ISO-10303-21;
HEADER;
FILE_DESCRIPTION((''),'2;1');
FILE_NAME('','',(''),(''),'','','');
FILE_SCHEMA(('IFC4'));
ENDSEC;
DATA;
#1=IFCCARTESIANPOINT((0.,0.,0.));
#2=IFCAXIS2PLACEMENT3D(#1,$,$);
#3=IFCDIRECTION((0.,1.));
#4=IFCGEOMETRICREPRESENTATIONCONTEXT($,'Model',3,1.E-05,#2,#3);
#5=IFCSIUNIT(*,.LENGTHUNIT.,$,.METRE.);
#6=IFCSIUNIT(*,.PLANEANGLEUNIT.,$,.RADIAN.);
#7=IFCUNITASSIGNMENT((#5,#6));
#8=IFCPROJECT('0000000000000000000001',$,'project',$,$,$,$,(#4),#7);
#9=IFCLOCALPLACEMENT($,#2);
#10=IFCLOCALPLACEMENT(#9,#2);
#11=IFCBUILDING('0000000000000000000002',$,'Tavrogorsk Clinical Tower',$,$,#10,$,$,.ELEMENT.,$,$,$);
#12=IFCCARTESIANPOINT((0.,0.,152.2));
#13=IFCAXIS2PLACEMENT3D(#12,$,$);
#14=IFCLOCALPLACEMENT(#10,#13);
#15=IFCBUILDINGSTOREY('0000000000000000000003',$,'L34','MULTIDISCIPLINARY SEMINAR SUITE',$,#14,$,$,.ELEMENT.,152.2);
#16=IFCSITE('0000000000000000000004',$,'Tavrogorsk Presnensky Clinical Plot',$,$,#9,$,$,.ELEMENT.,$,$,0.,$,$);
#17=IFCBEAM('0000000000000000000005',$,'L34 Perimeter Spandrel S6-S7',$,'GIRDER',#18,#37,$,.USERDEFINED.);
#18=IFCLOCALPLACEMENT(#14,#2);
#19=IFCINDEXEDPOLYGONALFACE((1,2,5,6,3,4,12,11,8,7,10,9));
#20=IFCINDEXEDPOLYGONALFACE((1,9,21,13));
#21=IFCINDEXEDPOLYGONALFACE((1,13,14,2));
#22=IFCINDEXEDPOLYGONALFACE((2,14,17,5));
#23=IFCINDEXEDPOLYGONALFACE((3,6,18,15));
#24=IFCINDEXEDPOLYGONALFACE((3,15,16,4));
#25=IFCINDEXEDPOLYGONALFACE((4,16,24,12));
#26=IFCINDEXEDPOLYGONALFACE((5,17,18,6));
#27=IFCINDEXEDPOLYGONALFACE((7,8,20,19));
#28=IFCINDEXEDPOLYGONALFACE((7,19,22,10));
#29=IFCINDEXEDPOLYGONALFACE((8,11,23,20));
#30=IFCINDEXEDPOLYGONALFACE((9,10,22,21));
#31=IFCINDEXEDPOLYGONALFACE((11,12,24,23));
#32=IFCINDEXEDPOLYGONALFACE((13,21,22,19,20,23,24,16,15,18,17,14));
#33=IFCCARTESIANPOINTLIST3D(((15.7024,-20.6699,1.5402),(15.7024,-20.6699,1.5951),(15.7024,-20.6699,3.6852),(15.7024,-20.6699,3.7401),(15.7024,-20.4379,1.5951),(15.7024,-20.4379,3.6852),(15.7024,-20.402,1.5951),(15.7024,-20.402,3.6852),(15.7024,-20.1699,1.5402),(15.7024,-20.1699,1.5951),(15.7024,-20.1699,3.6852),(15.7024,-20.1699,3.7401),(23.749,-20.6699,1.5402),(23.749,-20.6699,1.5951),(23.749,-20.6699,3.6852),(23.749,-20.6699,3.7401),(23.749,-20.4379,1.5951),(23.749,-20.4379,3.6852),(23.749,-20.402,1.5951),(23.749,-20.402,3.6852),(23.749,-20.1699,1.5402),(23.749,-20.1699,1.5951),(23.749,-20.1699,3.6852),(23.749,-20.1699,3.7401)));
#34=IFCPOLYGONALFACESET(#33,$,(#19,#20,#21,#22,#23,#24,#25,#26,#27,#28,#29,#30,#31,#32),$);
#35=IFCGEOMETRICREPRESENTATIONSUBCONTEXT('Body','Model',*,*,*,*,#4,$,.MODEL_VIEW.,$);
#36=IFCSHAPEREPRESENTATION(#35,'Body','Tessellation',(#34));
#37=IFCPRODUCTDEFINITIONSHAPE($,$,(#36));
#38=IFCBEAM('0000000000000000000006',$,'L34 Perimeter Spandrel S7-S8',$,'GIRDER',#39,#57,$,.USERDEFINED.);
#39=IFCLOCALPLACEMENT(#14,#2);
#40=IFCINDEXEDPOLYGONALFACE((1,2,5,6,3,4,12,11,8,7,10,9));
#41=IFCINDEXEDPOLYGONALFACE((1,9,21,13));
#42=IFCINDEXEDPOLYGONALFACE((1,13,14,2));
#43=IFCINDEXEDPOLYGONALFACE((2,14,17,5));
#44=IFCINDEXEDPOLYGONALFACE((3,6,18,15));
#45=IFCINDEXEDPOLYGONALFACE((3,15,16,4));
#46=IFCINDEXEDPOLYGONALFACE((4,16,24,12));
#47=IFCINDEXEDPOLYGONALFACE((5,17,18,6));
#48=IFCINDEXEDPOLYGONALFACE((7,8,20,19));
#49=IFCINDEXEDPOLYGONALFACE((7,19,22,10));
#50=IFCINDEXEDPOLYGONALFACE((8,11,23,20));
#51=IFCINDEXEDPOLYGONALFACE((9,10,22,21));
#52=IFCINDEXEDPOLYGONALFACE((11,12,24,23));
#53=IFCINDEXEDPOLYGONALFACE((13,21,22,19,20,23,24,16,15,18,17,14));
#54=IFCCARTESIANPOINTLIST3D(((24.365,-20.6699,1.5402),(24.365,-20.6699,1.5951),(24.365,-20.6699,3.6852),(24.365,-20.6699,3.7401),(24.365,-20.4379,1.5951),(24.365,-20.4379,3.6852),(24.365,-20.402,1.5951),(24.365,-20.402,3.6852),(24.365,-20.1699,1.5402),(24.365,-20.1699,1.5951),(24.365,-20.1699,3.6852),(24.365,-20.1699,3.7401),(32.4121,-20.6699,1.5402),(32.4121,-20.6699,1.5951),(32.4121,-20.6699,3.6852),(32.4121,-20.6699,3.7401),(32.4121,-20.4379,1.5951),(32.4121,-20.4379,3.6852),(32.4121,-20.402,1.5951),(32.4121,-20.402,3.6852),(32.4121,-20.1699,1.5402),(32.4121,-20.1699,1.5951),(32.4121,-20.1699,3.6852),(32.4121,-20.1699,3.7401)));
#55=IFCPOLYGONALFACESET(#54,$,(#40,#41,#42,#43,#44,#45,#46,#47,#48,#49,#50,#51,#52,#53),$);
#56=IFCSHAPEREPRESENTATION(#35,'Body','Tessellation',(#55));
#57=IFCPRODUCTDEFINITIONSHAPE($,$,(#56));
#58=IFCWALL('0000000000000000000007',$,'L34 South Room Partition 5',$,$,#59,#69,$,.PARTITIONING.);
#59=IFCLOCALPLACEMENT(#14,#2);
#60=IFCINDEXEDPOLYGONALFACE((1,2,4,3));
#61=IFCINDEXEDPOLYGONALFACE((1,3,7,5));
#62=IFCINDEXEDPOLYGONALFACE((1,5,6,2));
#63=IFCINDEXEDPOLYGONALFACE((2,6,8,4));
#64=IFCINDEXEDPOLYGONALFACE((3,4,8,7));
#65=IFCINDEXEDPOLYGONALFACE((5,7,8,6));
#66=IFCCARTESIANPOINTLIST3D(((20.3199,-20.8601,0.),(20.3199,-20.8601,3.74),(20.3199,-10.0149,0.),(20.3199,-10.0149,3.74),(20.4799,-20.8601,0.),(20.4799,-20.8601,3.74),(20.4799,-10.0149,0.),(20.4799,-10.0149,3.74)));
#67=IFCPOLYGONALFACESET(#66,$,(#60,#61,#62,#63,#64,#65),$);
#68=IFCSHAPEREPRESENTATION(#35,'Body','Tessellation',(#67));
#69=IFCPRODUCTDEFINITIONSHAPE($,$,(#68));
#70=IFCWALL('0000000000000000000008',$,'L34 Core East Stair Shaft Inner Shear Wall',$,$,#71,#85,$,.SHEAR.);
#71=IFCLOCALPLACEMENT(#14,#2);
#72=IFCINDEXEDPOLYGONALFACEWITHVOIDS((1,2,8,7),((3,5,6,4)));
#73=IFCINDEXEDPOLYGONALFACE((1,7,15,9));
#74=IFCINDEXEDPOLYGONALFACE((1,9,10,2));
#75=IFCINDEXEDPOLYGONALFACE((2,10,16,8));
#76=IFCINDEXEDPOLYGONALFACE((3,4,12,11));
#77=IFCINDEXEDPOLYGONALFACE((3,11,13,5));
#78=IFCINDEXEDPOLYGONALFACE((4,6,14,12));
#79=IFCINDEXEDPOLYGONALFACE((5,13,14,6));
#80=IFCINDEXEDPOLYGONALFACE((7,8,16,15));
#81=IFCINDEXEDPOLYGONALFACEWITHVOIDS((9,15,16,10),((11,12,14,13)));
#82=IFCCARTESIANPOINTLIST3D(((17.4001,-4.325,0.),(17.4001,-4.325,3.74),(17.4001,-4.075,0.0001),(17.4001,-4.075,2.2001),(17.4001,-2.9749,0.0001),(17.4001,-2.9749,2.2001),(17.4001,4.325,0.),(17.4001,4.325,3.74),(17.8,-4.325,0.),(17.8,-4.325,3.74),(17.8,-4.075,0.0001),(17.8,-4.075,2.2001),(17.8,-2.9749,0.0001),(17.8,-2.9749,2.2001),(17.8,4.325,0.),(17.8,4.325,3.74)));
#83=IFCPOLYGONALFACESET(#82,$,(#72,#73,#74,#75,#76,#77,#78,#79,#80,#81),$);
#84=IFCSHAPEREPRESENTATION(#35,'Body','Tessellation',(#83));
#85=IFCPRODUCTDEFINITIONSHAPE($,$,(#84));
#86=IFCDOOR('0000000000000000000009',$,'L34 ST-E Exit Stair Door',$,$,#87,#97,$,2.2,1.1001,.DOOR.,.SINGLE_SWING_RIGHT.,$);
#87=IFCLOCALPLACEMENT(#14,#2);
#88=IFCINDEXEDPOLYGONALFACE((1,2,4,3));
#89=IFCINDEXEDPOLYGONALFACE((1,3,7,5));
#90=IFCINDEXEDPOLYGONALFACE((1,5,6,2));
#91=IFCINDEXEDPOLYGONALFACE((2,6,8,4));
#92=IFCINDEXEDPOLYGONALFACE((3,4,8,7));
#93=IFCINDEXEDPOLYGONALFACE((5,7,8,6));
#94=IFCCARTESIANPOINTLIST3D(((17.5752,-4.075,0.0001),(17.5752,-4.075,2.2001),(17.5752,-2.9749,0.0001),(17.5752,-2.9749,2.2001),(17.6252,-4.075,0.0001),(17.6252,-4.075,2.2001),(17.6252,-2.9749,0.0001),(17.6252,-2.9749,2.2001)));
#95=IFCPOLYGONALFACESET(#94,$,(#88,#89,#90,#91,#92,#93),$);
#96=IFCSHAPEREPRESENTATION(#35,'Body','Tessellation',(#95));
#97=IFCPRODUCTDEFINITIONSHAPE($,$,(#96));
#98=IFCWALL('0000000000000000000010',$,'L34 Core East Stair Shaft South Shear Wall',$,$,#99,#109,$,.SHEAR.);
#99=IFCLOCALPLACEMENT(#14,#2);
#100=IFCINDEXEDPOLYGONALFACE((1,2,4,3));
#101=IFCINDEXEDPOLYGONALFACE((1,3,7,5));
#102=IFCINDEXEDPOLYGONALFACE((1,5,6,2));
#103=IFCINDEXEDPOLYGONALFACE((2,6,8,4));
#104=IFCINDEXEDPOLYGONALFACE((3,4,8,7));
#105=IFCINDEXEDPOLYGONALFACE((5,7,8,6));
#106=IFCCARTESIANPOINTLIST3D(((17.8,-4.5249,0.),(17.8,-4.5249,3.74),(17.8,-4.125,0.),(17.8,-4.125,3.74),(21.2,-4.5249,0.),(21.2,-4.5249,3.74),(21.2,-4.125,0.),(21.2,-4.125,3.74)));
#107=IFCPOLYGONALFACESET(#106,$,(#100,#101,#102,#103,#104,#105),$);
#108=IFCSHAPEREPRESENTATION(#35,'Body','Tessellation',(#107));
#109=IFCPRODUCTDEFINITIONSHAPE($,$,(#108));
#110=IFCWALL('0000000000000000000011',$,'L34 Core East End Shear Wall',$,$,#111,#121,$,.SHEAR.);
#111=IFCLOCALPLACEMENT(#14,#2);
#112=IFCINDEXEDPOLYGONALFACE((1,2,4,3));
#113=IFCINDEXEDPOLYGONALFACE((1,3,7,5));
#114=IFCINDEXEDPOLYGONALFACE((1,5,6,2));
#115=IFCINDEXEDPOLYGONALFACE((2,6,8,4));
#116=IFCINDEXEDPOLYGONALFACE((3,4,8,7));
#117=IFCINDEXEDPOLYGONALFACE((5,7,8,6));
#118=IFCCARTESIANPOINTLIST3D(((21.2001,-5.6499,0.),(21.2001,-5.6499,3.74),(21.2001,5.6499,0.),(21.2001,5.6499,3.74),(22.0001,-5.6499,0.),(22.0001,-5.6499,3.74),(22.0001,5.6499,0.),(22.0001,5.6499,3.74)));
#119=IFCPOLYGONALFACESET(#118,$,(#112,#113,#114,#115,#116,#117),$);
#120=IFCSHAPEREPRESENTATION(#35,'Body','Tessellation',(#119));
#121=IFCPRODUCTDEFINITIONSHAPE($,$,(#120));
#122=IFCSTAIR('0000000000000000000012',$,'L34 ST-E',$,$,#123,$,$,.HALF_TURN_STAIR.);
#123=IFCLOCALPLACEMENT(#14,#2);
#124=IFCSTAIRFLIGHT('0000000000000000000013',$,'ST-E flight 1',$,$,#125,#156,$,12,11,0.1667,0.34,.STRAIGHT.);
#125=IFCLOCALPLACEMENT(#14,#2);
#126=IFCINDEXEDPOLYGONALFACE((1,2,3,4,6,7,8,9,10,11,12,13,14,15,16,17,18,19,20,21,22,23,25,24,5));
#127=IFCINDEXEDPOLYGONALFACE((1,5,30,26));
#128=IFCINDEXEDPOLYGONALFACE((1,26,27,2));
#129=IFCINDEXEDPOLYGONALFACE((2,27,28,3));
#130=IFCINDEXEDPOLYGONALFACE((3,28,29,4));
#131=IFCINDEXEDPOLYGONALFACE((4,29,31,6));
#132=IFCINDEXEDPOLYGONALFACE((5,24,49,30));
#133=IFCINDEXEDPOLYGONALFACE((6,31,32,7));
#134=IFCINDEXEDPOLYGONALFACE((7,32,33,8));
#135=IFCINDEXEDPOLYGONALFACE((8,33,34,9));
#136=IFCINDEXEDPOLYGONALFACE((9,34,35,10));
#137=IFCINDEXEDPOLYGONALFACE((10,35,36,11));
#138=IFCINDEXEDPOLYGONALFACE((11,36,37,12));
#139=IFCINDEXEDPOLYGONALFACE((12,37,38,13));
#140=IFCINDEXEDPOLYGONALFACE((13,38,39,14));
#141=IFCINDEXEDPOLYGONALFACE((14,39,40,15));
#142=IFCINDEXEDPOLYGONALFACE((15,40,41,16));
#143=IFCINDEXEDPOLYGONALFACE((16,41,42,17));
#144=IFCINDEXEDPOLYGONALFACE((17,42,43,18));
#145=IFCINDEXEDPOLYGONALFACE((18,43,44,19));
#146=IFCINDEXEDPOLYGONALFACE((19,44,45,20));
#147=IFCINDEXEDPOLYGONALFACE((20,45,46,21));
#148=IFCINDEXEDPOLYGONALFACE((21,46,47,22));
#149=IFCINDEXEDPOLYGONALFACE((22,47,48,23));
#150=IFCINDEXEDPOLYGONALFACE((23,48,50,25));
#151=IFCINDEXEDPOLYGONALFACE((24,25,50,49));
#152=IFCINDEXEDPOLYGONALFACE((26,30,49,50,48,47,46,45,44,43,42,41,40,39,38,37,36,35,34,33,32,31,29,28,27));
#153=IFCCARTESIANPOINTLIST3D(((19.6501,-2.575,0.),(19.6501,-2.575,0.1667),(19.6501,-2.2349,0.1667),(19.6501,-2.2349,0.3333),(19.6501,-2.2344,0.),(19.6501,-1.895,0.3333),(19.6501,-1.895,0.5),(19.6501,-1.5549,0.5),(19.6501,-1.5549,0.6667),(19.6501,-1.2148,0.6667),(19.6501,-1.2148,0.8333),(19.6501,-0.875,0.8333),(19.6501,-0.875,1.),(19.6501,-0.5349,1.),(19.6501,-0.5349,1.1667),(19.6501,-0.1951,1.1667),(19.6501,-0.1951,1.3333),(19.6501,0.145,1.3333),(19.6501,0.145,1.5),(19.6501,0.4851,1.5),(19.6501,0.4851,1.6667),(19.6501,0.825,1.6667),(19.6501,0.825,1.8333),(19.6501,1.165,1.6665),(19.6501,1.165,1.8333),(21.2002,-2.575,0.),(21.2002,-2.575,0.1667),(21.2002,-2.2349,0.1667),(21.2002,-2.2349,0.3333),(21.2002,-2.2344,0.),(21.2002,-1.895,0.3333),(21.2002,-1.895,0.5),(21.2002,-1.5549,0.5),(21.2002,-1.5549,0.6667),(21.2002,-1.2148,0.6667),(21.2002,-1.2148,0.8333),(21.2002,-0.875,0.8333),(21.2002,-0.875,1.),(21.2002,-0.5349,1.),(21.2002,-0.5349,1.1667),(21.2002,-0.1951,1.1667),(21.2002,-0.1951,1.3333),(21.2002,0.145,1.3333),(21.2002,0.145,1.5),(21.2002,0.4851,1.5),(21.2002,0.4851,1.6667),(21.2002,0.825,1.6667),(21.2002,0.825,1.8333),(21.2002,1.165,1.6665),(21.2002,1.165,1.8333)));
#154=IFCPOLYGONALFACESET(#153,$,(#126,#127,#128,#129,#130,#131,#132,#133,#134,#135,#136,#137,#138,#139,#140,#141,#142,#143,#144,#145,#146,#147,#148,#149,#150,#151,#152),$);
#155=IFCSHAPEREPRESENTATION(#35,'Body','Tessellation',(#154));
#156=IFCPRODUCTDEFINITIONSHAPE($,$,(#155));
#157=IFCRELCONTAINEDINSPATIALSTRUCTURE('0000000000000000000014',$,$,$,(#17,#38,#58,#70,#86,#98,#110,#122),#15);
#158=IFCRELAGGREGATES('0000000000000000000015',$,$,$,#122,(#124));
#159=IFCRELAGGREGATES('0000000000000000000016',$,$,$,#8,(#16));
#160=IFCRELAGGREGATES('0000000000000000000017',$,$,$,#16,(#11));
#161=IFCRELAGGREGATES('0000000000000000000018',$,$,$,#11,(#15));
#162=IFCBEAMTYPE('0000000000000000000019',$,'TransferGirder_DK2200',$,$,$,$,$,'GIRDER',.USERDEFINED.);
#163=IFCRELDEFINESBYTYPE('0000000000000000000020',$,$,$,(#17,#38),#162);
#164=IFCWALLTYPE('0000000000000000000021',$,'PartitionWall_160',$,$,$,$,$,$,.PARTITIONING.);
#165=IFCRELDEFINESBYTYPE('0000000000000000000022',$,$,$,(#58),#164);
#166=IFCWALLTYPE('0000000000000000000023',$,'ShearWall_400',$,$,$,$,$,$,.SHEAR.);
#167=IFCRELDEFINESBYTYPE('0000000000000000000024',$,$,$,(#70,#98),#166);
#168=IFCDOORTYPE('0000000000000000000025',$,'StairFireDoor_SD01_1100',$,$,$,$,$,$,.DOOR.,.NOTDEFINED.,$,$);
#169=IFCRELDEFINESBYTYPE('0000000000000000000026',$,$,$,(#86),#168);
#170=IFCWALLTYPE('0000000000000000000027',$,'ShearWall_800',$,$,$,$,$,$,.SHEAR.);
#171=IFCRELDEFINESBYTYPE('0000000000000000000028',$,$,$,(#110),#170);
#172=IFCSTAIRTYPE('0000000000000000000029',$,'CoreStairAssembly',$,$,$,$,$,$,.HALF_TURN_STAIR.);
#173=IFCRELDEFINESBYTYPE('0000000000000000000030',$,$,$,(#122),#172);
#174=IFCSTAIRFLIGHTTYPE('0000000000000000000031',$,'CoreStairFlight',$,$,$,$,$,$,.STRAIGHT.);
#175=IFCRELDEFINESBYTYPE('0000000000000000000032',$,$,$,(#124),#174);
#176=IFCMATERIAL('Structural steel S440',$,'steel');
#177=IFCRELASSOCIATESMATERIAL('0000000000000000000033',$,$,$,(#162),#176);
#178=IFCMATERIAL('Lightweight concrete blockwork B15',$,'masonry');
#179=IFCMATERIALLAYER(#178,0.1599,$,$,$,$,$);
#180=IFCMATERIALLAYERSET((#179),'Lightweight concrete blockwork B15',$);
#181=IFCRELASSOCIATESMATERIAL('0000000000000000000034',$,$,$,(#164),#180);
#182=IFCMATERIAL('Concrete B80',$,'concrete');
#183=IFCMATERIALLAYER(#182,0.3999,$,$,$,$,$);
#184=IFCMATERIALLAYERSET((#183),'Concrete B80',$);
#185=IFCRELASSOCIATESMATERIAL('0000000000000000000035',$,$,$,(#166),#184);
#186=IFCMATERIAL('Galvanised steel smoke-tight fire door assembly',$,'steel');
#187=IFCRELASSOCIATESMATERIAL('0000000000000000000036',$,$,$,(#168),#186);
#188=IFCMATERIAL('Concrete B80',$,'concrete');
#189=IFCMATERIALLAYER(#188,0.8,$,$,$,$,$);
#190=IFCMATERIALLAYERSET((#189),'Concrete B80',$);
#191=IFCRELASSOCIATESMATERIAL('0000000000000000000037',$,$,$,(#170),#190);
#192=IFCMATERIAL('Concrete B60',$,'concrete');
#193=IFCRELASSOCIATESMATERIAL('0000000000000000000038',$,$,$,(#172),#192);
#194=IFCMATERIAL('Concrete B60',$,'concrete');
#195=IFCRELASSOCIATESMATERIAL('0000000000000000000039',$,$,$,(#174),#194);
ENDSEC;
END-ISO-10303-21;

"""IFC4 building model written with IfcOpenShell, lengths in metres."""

from ifc_helpers import new_model, si_unit, direction, frame, frame_2d, origin, origin_2d, place, context, subcontext, project, spatial, polyline, rectangle, i_section, outline, extrude, material, layer, layer_set, material_profile, profile_set, type_object, element, fill, aggregate, save


model = new_model("IFC4")

# Units and contexts
model_context = context("Model", 3, precision=1e-05, world=origin(), true_north=direction((0.0, 1.0)))
body_context = subcontext(model_context, "Body", "Model", "MODEL_VIEW")
ifc_project = project(units=[si_unit("LENGTHUNIT", "METRE"), si_unit("PLANEANGLEUNIT", "RADIAN")], contexts=[model_context])

# Site, building, storey
site_placement = place(None, origin())
site = spatial("IfcSite", under=ifc_project, at=site_placement, Name="Tavrogorsk Presnensky Clinical Plot", CompositionType="ELEMENT", RefElevation=0.0)
building_placement = place(site_placement, origin())
building = spatial("IfcBuilding", under=site, at=building_placement, Name="Tavrogorsk Clinical Tower", CompositionType="ELEMENT")
storey_placement = place(building_placement, frame((0.0, 0.0, 152.2)))
storey = spatial("IfcBuildingStorey", under=building, at=storey_placement, Name="L34", Description="MULTIDISCIPLINARY SEMINAR SUITE", CompositionType="ELEMENT", Elevation=152.2)

# Beams
ifc_material_1 = material(Name="Structural steel S440", Category="steel")
ifc_material_profile_1 = material_profile(ifc_material_1, i_section(OverallWidth=0.5, OverallDepth=2.2, WebThickness=0.0359, FlangeThickness=0.0549, at=origin_2d()), Name="DK-2200x500x36x55")
ifc_profile_set_1 = profile_set([ifc_material_profile_1], Name="Structural steel S440")
beam_type_1 = type_object("IfcBeamType", Name="TransferGirder_DK2200", ElementType="GIRDER", PredefinedType="USERDEFINED", material=ifc_profile_set_1)
beam_1_placement = place(storey_placement, frame((15.7024, -20.4199, 2.6401), z_axis=(1.0, 0.0, 0.0), x_axis=(0.0, 1.0, 0.0)))
element("IfcBeam", 1, at=beam_1_placement, inside=storey, type_object=beam_type_1, Name="L34 Perimeter Spandrel S6-S7", ObjectType="GIRDER", PredefinedType="USERDEFINED", context=body_context, shape_type="SweptSolid", body=[
    extrude(i_section(OverallWidth=0.5, OverallDepth=2.2, WebThickness=0.0359, FlangeThickness=0.0549, at=origin_2d()), origin(), (0.0, 0.0, 1.0), 8.0466),
])
beam_2_placement = place(storey_placement, frame((24.365, -20.4199, 2.6401), z_axis=(1.0, 0.0, 0.0), x_axis=(0.0, 1.0, 0.0)))
element("IfcBeam", 2, at=beam_2_placement, inside=storey, type_object=beam_type_1, Name="L34 Perimeter Spandrel S7-S8", ObjectType="GIRDER", PredefinedType="USERDEFINED", context=body_context, shape_type="SweptSolid", body=[
    extrude(i_section(OverallWidth=0.5, OverallDepth=2.2, WebThickness=0.0359, FlangeThickness=0.0549, at=origin_2d()), origin(), (0.0, 0.0, 1.0), 8.0471),
])

# Wall
ifc_material_2 = material(Name="Lightweight concrete blockwork B15", Category="masonry")
ifc_layer_1 = layer(ifc_material_2, 0.1599)
ifc_layer_set_1 = layer_set([ifc_layer_1], Name="Lightweight concrete blockwork B15")
wall_type_1 = type_object("IfcWallType", Name="PartitionWall_160", PredefinedType="PARTITIONING", material=ifc_layer_set_1)
wall_1_placement = place(storey_placement, frame((20.3999, -20.8601, 0.0), z_axis=(0.0, 0.0, 1.0), x_axis=(0.0, 1.0, 0.0)))
element("IfcWall", 3, at=wall_1_placement, inside=storey, type_object=wall_type_1, Name="L34 South Room Partition 5", PredefinedType="PARTITIONING", context=body_context, shape_type="SweptSolid", body=[
    extrude(rectangle(XDim=10.8452, YDim=0.1599, at=frame_2d((5.4226, 0.0))), origin(), (0.0, 0.0, 1.0), 3.74),
])

# Wall, opening, door
ifc_material_3 = material(Name="Concrete B80", Category="concrete")
ifc_layer_2 = layer(ifc_material_3, 0.3999)
ifc_layer_set_2 = layer_set([ifc_layer_2], Name="Concrete B80")
wall_type_2 = type_object("IfcWallType", Name="ShearWall_400", PredefinedType="SHEAR", material=ifc_layer_set_2)
wall_2_placement = place(storey_placement, frame((17.6001, -4.325, 0.0), z_axis=(0.0, 0.0, 1.0), x_axis=(0.0, 1.0, 0.0)))
wall_2 = element("IfcWall", 4, at=wall_2_placement, inside=storey, type_object=wall_type_2, Name="L34 Core East Stair Shaft Inner Shear Wall", PredefinedType="SHEAR", context=body_context, shape_type="SweptSolid", body=[
    extrude(rectangle(XDim=8.6499, YDim=0.3999, at=frame_2d((4.325, 0.0))), origin(), (0.0, 0.0, 1.0), 3.74),
])
opening_placement = place(wall_2_placement, frame((0.25, 0.0, 0.0)))
opening = element("IfcOpeningElement", 5, at=opening_placement, cuts=wall_2, PredefinedType="OPENING", context=body_context, shape_type="SweptSolid", body=[
    extrude(rectangle(XDim=1.1001, YDim=2.2, at=frame_2d((0.55, 1.1001))), frame((0.0, 0.21, 0.0), z_axis=(0.0, -1.0, 0.0), x_axis=(1.0, 0.0, 0.0)), (0.0, 0.0, 1.0), 0.4199),
])
ifc_material_4 = material(Name="Galvanised steel smoke-tight fire door assembly", Category="steel")
door_type = type_object("IfcDoorType", Name="StairFireDoor_SD01_1100", OperationType="NOTDEFINED", PredefinedType="DOOR", material=ifc_material_4)
door_placement = place(opening_placement, origin())
door = element("IfcDoor", 6, at=door_placement, inside=storey, type_object=door_type, Name="L34 ST-E Exit Stair Door", OperationType="SINGLE_SWING_RIGHT", OverallHeight=2.2, OverallWidth=1.1001, PredefinedType="DOOR", context=body_context, shape_type="SweptSolid", body=[
    extrude(rectangle(XDim=1.1001, YDim=2.2, at=frame_2d((0.55, 1.1001))), frame((0.0, 0.0249, 0.0), z_axis=(0.0, -1.0, 0.0), x_axis=(1.0, 0.0, 0.0)), (0.0, 0.0, 1.0), 0.05),
])
fill(opening, door)

# Walls
wall_3_placement = place(storey_placement, frame((17.8, -4.325, 0.0), z_axis=(0.0, 0.0, 1.0), x_axis=(1.0, 0.0, 0.0)))
element("IfcWall", 7, at=wall_3_placement, inside=storey, type_object=wall_type_2, Name="L34 Core East Stair Shaft South Shear Wall", PredefinedType="SHEAR", context=body_context, shape_type="SweptSolid", body=[
    extrude(rectangle(XDim=3.3999, YDim=0.3999, at=frame_2d((1.7, 0.0))), origin(), (0.0, 0.0, 1.0), 3.74),
])
ifc_material_5 = material(Name="Concrete B80", Category="concrete")
ifc_layer_3 = layer(ifc_material_5, 0.8)
ifc_layer_set_3 = layer_set([ifc_layer_3], Name="Concrete B80")
wall_type_3 = type_object("IfcWallType", Name="ShearWall_800", PredefinedType="SHEAR", material=ifc_layer_set_3)
wall_4_placement = place(storey_placement, frame((21.6001, -5.6499, 0.0), z_axis=(0.0, 0.0, 1.0), x_axis=(0.0, 1.0, 0.0)))
element("IfcWall", 8, at=wall_4_placement, inside=storey, type_object=wall_type_3, Name="L34 Core East End Shear Wall", PredefinedType="SHEAR", context=body_context, shape_type="SweptSolid", body=[
    extrude(rectangle(XDim=11.2998, YDim=0.8, at=frame_2d((5.6499, 0.0))), origin(), (0.0, 0.0, 1.0), 3.74),
])

# Stair, stair flight
ifc_material_6 = material(Name="Concrete B60", Category="concrete")
stair_type = type_object("IfcStairType", Name="CoreStairAssembly", PredefinedType="HALF_TURN_STAIR", material=ifc_material_6)
stair_placement = place(storey_placement, origin())
stair = element("IfcStair", 9, at=stair_placement, inside=storey, type_object=stair_type, Name="L34 ST-E", PredefinedType="HALF_TURN_STAIR")
ifc_material_7 = material(Name="Concrete B60", Category="concrete")
stair_flight_type = type_object("IfcStairFlightType", Name="CoreStairFlight", PredefinedType="STRAIGHT", material=ifc_material_7)
stair_flight_placement = place(storey_placement, frame((20.425, -2.575, 0.0), z_axis=(0.0, 0.0, 1.0), x_axis=(0.0, 1.0, 0.0)))
stair_flight = element("IfcStairFlight", 10, at=stair_flight_placement, type_object=stair_flight_type, Name="ST-E flight 1", NumberOfRisers=12, NumberOfTreads=11, PredefinedType="STRAIGHT", RiserHeight=0.1667, TreadLength=0.34, context=body_context, shape_type="SweptSolid", body=[
    extrude(outline(polyline([(0.0, 0.0), (0.0, 0.1667), (0.3401, 0.1667), (0.3401, 0.3333), (0.6799, 0.3333), (0.6799, 0.5), (1.02, 0.5), (1.02, 0.6667), (1.3601, 0.6667), (1.3601, 0.8333), (1.7, 0.8333), (1.7, 1.0), (2.04, 1.0), (2.04, 1.1667), (2.3799, 1.1667), (2.3799, 1.3333), (2.72, 1.3333), (2.72, 1.5), (3.0601, 1.5), (3.0601, 1.6667), (3.3999, 1.6667), (3.3999, 1.8333), (3.74, 1.8333), (3.74, 2.0), (3.74, 1.6665), (0.3406, 0.0), (0.0, 0.0)])), frame((0.0, 0.7749, 0.0), z_axis=(0.0, -1.0, 0.0), x_axis=(1.0, 0.0, 0.0)), (0.0, 0.0, 1.0), 1.55),
])
aggregate(stair, [stair_flight])

save(model, "model.ifc")
